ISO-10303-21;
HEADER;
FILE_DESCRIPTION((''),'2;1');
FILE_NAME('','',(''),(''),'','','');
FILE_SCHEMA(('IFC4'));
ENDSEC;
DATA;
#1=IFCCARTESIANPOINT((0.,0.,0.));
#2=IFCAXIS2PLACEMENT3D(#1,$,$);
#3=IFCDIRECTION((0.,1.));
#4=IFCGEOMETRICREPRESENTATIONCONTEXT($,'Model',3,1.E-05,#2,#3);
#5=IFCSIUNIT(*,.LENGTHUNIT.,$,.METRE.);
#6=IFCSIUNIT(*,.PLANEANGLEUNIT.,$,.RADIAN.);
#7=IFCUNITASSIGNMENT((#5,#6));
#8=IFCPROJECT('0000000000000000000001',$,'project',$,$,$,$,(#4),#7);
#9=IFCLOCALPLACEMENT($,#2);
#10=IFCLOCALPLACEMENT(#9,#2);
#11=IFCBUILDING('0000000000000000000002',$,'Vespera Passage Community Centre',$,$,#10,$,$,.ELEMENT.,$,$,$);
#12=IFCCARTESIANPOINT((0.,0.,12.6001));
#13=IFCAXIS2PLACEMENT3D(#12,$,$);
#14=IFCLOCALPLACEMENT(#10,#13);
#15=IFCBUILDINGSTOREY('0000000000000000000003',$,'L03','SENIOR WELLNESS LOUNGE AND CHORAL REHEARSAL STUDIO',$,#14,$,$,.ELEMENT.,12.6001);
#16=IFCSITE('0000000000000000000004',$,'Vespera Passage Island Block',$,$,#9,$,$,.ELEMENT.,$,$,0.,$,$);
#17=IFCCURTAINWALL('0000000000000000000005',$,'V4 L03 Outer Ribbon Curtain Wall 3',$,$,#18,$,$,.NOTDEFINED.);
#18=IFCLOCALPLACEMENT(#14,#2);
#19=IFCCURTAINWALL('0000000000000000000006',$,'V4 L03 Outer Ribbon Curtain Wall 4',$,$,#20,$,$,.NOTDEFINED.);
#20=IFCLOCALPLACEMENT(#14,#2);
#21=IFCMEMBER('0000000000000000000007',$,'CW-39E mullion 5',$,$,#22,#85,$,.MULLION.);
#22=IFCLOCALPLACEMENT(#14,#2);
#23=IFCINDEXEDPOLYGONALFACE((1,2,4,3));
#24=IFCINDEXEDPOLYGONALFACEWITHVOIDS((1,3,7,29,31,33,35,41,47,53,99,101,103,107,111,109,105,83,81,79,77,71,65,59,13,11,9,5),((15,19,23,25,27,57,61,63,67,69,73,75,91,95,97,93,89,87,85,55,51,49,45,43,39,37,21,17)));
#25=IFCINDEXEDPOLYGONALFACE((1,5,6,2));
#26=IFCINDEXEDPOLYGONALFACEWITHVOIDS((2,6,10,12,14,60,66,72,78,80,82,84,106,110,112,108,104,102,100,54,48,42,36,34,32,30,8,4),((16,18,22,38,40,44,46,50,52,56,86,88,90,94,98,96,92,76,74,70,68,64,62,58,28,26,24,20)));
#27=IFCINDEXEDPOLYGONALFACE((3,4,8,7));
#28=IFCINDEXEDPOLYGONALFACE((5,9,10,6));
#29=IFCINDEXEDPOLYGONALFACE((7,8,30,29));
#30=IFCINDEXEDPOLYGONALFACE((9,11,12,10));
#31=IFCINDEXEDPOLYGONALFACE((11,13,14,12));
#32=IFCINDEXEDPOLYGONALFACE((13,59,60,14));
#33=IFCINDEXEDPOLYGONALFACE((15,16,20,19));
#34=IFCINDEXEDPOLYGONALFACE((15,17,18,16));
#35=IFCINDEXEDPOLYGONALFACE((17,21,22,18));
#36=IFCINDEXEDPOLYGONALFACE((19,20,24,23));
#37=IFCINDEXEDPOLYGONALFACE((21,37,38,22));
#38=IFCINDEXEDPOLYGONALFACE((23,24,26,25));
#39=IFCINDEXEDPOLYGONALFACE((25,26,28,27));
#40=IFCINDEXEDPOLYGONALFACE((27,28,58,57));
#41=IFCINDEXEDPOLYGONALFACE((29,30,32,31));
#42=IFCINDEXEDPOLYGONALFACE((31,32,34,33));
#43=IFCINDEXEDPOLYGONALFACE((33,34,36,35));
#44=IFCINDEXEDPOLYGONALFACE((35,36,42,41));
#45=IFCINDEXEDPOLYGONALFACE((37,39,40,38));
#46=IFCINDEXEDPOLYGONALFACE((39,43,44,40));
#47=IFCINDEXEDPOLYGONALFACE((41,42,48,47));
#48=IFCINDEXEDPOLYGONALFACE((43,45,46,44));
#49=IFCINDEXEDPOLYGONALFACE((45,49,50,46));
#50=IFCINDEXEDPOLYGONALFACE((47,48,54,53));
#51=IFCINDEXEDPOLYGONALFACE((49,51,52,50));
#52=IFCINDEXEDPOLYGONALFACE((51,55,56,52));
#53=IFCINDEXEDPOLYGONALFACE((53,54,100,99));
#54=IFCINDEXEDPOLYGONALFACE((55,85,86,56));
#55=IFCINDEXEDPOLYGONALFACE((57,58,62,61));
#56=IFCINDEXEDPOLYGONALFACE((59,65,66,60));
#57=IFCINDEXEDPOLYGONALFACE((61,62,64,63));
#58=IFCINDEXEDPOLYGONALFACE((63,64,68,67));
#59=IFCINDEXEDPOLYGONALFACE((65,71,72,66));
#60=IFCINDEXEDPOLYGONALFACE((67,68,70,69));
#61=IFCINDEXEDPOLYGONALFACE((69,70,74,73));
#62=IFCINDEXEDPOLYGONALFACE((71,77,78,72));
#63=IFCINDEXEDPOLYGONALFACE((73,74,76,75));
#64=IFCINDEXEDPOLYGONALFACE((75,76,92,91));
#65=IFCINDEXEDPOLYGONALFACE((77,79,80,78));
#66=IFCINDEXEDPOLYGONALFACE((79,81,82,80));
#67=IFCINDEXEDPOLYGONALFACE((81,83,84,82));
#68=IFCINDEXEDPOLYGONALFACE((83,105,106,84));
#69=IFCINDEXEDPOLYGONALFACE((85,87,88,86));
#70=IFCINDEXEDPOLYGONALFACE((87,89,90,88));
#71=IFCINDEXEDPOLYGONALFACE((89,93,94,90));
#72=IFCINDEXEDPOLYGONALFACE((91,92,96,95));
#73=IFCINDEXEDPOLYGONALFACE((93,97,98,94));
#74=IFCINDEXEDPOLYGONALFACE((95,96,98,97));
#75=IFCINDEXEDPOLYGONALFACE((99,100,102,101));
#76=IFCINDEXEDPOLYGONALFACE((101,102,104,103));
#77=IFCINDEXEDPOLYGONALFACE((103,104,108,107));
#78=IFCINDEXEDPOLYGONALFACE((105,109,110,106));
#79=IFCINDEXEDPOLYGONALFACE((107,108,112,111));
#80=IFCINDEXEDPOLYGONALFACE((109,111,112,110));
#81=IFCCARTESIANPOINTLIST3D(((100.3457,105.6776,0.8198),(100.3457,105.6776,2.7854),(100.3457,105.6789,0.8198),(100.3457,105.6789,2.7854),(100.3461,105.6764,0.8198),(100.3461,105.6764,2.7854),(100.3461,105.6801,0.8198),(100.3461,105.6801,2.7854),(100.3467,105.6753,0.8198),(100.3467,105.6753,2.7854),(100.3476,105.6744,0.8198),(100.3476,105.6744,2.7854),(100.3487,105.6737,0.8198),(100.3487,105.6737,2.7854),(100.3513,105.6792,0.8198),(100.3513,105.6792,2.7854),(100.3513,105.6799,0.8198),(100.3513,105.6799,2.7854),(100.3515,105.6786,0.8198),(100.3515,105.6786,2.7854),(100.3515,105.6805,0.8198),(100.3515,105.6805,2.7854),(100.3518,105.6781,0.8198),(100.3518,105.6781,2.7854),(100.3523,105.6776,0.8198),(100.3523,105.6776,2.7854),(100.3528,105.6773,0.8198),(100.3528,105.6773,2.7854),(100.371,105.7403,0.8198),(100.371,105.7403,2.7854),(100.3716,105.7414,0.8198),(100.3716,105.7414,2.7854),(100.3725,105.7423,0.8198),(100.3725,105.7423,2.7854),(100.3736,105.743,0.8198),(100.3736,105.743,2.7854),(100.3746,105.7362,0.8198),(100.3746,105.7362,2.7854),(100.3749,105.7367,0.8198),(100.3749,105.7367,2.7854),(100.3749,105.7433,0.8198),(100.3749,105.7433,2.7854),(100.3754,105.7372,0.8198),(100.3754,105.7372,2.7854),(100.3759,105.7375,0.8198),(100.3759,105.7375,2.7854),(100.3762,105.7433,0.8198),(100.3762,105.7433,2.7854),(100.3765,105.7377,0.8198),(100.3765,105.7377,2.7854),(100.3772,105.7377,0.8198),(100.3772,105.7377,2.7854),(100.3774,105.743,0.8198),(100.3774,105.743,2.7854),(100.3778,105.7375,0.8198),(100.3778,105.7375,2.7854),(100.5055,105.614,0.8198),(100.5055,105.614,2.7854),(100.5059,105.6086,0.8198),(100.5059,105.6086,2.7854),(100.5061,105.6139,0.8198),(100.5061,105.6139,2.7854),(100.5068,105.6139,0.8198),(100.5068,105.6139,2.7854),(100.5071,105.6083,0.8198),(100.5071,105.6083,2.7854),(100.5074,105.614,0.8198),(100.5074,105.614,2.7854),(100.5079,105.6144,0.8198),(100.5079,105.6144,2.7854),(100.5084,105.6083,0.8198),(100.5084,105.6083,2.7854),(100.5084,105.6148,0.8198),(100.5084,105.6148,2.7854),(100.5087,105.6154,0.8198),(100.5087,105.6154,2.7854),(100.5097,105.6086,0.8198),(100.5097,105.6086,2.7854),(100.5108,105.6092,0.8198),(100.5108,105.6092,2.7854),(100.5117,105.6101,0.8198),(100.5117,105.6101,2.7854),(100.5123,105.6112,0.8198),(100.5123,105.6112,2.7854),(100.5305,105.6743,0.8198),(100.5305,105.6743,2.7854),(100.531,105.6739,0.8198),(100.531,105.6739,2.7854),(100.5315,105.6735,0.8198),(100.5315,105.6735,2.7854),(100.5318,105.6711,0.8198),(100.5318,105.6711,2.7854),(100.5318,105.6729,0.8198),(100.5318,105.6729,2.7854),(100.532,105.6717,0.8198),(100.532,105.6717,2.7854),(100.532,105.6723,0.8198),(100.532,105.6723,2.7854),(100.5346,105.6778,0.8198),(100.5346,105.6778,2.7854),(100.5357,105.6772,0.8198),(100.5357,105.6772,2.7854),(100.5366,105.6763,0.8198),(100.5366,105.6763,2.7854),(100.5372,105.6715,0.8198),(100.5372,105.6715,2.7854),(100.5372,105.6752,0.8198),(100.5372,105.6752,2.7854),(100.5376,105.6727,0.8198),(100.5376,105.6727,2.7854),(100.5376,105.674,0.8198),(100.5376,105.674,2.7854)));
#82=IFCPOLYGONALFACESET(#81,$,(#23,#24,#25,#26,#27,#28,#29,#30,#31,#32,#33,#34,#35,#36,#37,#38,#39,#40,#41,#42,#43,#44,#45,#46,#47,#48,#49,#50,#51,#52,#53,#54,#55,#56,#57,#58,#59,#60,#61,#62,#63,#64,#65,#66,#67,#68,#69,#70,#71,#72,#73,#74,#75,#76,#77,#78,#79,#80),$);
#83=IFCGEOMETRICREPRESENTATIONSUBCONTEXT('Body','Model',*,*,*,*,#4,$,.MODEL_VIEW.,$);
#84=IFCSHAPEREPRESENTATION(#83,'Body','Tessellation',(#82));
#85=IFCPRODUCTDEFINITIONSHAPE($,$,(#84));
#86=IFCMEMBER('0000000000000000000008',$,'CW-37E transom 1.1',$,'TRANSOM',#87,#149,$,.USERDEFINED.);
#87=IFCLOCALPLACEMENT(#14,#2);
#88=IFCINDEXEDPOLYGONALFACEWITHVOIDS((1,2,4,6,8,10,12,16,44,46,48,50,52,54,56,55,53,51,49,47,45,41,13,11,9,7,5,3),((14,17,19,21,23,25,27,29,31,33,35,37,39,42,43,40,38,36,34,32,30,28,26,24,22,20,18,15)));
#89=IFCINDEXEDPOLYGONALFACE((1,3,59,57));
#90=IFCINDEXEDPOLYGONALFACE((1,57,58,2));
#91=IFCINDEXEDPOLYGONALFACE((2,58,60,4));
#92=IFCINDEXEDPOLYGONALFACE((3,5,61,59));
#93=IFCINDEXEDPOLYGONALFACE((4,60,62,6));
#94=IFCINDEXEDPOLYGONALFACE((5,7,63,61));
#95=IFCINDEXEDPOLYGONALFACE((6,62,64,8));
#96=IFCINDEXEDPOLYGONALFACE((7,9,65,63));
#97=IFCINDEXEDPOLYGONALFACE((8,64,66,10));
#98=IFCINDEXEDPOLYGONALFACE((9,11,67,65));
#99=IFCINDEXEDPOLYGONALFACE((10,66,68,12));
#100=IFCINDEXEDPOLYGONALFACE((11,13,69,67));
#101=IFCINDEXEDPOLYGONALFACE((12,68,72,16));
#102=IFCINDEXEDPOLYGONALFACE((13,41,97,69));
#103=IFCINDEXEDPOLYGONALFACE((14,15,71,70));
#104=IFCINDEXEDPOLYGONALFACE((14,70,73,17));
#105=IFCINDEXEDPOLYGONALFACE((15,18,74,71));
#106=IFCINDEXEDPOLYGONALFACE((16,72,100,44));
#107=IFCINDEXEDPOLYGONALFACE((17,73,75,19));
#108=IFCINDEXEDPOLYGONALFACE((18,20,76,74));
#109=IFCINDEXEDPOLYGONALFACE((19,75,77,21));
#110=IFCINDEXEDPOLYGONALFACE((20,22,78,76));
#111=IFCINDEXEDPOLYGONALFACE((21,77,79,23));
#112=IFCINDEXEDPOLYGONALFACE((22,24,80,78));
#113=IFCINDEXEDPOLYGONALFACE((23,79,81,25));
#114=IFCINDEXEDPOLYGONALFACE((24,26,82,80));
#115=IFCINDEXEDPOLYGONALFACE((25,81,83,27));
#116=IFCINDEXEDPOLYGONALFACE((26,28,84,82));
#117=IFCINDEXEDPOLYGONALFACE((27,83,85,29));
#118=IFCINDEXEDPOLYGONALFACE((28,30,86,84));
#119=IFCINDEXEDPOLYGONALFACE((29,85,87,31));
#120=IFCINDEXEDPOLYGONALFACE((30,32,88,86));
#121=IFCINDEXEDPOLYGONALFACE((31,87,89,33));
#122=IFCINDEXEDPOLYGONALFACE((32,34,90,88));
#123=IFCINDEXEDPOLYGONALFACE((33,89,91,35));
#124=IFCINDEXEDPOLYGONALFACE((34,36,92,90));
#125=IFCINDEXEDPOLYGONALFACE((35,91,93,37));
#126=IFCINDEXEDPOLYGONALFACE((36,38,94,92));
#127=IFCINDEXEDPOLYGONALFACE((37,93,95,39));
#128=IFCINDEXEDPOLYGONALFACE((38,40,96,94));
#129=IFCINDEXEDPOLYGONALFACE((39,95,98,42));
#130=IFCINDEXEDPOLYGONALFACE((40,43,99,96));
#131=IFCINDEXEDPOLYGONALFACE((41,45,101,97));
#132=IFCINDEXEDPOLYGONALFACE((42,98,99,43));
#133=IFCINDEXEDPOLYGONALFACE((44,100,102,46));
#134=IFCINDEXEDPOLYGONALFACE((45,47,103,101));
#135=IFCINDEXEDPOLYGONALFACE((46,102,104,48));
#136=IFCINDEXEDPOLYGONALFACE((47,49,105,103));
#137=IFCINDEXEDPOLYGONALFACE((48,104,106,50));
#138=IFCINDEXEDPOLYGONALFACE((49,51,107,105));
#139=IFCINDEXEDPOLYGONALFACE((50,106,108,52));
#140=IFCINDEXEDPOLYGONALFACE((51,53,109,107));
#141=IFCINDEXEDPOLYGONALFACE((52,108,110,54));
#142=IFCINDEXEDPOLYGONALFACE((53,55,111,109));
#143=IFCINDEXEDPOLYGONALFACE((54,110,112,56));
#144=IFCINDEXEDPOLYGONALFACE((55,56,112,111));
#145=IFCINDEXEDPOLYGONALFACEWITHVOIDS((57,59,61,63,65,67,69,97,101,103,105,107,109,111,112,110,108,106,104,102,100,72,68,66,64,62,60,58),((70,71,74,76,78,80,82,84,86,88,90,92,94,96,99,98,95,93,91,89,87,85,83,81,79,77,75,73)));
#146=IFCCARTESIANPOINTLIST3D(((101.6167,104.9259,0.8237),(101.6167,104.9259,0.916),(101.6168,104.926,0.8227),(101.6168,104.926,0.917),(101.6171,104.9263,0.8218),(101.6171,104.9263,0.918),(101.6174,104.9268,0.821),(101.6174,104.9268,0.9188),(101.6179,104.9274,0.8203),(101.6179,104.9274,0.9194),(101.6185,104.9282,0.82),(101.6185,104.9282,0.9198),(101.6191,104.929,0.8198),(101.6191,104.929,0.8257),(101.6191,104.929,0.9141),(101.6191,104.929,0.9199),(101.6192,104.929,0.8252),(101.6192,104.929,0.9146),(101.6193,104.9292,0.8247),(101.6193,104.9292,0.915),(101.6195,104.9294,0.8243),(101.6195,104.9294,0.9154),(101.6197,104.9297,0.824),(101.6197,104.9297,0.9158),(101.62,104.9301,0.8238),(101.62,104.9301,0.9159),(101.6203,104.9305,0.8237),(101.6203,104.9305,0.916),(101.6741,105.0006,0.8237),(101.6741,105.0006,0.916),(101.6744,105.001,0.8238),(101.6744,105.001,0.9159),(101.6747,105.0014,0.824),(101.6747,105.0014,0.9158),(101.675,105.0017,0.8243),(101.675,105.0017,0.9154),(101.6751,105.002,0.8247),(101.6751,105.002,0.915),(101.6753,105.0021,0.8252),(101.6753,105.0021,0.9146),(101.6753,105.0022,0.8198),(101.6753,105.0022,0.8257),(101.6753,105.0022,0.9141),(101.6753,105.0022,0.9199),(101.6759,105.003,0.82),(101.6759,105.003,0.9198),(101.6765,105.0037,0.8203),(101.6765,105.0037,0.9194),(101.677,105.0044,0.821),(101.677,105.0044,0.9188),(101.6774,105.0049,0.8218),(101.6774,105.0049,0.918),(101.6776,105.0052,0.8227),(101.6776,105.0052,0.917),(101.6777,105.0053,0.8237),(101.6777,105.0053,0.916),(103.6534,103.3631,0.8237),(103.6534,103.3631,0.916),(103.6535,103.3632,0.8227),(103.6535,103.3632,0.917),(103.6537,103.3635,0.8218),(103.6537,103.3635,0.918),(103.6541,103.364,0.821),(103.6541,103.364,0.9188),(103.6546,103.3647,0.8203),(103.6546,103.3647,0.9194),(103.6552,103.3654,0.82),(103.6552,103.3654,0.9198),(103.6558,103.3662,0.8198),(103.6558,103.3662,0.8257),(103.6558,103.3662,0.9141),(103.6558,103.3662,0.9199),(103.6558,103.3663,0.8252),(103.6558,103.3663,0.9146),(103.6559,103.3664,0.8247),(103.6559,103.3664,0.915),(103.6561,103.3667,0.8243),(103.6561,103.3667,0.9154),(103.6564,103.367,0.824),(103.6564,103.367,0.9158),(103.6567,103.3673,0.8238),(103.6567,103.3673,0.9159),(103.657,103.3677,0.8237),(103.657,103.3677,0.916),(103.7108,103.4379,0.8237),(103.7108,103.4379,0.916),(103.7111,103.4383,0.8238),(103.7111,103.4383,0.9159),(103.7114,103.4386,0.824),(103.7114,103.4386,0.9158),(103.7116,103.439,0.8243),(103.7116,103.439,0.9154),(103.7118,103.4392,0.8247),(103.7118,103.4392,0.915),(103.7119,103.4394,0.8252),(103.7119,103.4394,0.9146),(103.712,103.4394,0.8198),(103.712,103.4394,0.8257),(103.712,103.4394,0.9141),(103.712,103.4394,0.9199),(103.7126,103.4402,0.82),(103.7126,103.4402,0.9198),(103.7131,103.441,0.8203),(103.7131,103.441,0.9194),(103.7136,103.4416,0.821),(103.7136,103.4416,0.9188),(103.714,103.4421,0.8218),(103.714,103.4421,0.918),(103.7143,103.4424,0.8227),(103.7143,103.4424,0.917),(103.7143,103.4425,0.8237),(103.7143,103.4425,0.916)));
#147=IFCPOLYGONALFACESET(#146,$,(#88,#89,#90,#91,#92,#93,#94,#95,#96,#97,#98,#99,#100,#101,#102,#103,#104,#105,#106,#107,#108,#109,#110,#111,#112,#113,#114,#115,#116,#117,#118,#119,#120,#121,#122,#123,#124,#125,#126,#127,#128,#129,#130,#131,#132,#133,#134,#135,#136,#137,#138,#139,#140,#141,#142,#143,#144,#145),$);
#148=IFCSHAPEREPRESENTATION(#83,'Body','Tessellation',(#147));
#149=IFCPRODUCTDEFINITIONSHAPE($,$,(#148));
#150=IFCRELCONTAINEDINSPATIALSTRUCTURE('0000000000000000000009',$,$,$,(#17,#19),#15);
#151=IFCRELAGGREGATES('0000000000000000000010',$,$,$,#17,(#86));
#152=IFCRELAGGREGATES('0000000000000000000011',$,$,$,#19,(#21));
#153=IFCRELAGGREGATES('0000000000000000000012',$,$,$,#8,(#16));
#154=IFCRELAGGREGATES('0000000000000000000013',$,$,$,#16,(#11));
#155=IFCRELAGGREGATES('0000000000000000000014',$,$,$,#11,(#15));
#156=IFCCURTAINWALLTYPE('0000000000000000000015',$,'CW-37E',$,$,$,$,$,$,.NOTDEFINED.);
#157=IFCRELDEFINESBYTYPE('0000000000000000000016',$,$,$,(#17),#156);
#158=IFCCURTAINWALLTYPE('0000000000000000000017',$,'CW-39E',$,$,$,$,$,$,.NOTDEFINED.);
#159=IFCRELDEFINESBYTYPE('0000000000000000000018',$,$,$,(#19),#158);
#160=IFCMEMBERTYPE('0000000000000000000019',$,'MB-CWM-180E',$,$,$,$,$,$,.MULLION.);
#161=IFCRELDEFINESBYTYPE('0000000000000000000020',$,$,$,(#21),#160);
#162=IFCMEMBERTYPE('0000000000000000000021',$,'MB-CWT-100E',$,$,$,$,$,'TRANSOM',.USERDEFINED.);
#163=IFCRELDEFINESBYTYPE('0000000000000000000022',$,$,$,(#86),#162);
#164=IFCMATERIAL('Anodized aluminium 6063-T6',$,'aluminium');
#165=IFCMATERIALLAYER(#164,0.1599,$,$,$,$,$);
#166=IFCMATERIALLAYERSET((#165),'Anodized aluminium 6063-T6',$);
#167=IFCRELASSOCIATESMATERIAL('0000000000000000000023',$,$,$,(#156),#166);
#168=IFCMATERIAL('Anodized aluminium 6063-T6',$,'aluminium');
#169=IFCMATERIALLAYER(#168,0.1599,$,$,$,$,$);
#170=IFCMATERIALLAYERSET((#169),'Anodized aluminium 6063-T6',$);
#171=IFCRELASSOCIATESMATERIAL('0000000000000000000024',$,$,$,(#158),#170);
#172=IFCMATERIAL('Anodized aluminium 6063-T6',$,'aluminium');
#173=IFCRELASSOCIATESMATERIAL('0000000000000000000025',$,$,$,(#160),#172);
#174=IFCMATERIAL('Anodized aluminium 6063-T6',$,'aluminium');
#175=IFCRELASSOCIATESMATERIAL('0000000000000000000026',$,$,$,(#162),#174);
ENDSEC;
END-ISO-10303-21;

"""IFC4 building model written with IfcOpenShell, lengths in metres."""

from ifc_helpers import new_model, si_unit, direction, frame, origin, origin_2d, place, context, subcontext, project, spatial, hollow_rectangle, extrude, material, layer, layer_set, material_profile, profile_set, type_object, element, aggregate, save


model = new_model("IFC4")

# Units and contexts
model_context = context("Model", 3, precision=1e-05, world=origin(), true_north=direction((0.0, 1.0)))
body_context = subcontext(model_context, "Body", "Model", "MODEL_VIEW")
ifc_project = project(units=[si_unit("LENGTHUNIT", "METRE"), si_unit("PLANEANGLEUNIT", "RADIAN")], contexts=[model_context])

# Site, building, storey
site_placement = place(None, origin())
site = spatial("IfcSite", under=ifc_project, at=site_placement, Name="Vespera Passage Island Block", CompositionType="ELEMENT", RefElevation=0.0)
building_placement = place(site_placement, origin())
building = spatial("IfcBuilding", under=site, at=building_placement, Name="Vespera Passage Community Centre", CompositionType="ELEMENT")
storey_placement = place(building_placement, frame((0.0, 0.0, 12.6001)))
storey = spatial("IfcBuildingStorey", under=building, at=storey_placement, Name="L03", Description="SENIOR WELLNESS LOUNGE AND CHORAL REHEARSAL STUDIO", CompositionType="ELEMENT", Elevation=12.6001)

# Curtain wall
ifc_material_1 = material(Name="Anodized aluminium 6063-T6", Category="aluminium")
ifc_layer_1 = layer(ifc_material_1, 0.1599)
ifc_layer_set_1 = layer_set([ifc_layer_1], Name="Anodized aluminium 6063-T6")
curtain_wall_type_1 = type_object("IfcCurtainWallType", Name="CW-37E", PredefinedType="NOTDEFINED", material=ifc_layer_set_1)
curtain_wall_1_placement = place(storey_placement, origin())
curtain_wall_1 = element("IfcCurtainWall", 1, at=curtain_wall_1_placement, inside=storey, type_object=curtain_wall_type_1, Name="V4 L03 Outer Ribbon Curtain Wall 3", PredefinedType="NOTDEFINED")

# Curtain wall, member
ifc_material_2 = material(Name="Anodized aluminium 6063-T6", Category="aluminium")
ifc_layer_2 = layer(ifc_material_2, 0.1599)
ifc_layer_set_2 = layer_set([ifc_layer_2], Name="Anodized aluminium 6063-T6")
curtain_wall_type_2 = type_object("IfcCurtainWallType", Name="CW-39E", PredefinedType="NOTDEFINED", material=ifc_layer_set_2)
curtain_wall_2_placement = place(storey_placement, origin())
curtain_wall_2 = element("IfcCurtainWall", 2, at=curtain_wall_2_placement, inside=storey, type_object=curtain_wall_type_2, Name="V4 L03 Outer Ribbon Curtain Wall 4", PredefinedType="NOTDEFINED")
ifc_material_3 = material(Name="Anodized aluminium 6063-T6", Category="aluminium")
ifc_material_profile_1 = material_profile(ifc_material_3, hollow_rectangle(XDim=0.075, YDim=0.1799, WallThickness=0.0049, InnerFilletRadius=0.0024, OuterFilletRadius=0.0049, at=origin_2d()), Name="ALU180X75X5")
ifc_profile_set_1 = profile_set([ifc_material_profile_1], Name="Anodized aluminium 6063-T6")
member_type_1 = type_object("IfcMemberType", Name="MB-CWM-180E", PredefinedType="MULLION", material=ifc_profile_set_1)
member_1_placement = place(storey_placement, frame((100.4417, 105.6758, 0.8198), z_axis=(0.0, 0.0, 1.0), x_axis=(0.382683, 0.92388, 0.0)))
member_1 = element("IfcMember", 3, at=member_1_placement, type_object=member_type_1, Name="CW-39E mullion 5", PredefinedType="MULLION", context=body_context, shape_type="SweptSolid", body=[
    extrude(hollow_rectangle(XDim=0.075, YDim=0.1799, WallThickness=0.0049, InnerFilletRadius=0.0024, OuterFilletRadius=0.0049, at=origin_2d()), origin(), (0.0, 0.0, 1.0), 1.9656),
])

# Member
ifc_material_4 = material(Name="Anodized aluminium 6063-T6", Category="aluminium")
ifc_material_profile_2 = material_profile(ifc_material_4, hollow_rectangle(XDim=0.1001, YDim=0.1001, WallThickness=0.0039, InnerFilletRadius=0.002, OuterFilletRadius=0.0039, at=origin_2d()), Name="ALU100X100X4")
ifc_profile_set_2 = profile_set([ifc_material_profile_2], Name="Anodized aluminium 6063-T6")
member_type_2 = type_object("IfcMemberType", Name="MB-CWT-100E", ElementType="TRANSOM", PredefinedType="USERDEFINED", material=ifc_profile_set_2)
member_2_placement = place(storey_placement, frame((101.6472, 104.9656, 0.8699), z_axis=(0.793355, -0.608759, 0.0), x_axis=(0.608759, 0.793355, 0.0)))
member_2 = element("IfcMember", 4, at=member_2_placement, type_object=member_type_2, Name="CW-37E transom 1.1", ObjectType="TRANSOM", PredefinedType="USERDEFINED", context=body_context, shape_type="SweptSolid", body=[
    extrude(hollow_rectangle(XDim=0.1001, YDim=0.1001, WallThickness=0.0039, InnerFilletRadius=0.002, OuterFilletRadius=0.0039, at=origin_2d()), origin(), (0.0, 0.0, 1.0), 2.5671),
])

aggregate(curtain_wall_1, [member_2])
aggregate(curtain_wall_2, [member_1])

save(model, "model.ifc")
